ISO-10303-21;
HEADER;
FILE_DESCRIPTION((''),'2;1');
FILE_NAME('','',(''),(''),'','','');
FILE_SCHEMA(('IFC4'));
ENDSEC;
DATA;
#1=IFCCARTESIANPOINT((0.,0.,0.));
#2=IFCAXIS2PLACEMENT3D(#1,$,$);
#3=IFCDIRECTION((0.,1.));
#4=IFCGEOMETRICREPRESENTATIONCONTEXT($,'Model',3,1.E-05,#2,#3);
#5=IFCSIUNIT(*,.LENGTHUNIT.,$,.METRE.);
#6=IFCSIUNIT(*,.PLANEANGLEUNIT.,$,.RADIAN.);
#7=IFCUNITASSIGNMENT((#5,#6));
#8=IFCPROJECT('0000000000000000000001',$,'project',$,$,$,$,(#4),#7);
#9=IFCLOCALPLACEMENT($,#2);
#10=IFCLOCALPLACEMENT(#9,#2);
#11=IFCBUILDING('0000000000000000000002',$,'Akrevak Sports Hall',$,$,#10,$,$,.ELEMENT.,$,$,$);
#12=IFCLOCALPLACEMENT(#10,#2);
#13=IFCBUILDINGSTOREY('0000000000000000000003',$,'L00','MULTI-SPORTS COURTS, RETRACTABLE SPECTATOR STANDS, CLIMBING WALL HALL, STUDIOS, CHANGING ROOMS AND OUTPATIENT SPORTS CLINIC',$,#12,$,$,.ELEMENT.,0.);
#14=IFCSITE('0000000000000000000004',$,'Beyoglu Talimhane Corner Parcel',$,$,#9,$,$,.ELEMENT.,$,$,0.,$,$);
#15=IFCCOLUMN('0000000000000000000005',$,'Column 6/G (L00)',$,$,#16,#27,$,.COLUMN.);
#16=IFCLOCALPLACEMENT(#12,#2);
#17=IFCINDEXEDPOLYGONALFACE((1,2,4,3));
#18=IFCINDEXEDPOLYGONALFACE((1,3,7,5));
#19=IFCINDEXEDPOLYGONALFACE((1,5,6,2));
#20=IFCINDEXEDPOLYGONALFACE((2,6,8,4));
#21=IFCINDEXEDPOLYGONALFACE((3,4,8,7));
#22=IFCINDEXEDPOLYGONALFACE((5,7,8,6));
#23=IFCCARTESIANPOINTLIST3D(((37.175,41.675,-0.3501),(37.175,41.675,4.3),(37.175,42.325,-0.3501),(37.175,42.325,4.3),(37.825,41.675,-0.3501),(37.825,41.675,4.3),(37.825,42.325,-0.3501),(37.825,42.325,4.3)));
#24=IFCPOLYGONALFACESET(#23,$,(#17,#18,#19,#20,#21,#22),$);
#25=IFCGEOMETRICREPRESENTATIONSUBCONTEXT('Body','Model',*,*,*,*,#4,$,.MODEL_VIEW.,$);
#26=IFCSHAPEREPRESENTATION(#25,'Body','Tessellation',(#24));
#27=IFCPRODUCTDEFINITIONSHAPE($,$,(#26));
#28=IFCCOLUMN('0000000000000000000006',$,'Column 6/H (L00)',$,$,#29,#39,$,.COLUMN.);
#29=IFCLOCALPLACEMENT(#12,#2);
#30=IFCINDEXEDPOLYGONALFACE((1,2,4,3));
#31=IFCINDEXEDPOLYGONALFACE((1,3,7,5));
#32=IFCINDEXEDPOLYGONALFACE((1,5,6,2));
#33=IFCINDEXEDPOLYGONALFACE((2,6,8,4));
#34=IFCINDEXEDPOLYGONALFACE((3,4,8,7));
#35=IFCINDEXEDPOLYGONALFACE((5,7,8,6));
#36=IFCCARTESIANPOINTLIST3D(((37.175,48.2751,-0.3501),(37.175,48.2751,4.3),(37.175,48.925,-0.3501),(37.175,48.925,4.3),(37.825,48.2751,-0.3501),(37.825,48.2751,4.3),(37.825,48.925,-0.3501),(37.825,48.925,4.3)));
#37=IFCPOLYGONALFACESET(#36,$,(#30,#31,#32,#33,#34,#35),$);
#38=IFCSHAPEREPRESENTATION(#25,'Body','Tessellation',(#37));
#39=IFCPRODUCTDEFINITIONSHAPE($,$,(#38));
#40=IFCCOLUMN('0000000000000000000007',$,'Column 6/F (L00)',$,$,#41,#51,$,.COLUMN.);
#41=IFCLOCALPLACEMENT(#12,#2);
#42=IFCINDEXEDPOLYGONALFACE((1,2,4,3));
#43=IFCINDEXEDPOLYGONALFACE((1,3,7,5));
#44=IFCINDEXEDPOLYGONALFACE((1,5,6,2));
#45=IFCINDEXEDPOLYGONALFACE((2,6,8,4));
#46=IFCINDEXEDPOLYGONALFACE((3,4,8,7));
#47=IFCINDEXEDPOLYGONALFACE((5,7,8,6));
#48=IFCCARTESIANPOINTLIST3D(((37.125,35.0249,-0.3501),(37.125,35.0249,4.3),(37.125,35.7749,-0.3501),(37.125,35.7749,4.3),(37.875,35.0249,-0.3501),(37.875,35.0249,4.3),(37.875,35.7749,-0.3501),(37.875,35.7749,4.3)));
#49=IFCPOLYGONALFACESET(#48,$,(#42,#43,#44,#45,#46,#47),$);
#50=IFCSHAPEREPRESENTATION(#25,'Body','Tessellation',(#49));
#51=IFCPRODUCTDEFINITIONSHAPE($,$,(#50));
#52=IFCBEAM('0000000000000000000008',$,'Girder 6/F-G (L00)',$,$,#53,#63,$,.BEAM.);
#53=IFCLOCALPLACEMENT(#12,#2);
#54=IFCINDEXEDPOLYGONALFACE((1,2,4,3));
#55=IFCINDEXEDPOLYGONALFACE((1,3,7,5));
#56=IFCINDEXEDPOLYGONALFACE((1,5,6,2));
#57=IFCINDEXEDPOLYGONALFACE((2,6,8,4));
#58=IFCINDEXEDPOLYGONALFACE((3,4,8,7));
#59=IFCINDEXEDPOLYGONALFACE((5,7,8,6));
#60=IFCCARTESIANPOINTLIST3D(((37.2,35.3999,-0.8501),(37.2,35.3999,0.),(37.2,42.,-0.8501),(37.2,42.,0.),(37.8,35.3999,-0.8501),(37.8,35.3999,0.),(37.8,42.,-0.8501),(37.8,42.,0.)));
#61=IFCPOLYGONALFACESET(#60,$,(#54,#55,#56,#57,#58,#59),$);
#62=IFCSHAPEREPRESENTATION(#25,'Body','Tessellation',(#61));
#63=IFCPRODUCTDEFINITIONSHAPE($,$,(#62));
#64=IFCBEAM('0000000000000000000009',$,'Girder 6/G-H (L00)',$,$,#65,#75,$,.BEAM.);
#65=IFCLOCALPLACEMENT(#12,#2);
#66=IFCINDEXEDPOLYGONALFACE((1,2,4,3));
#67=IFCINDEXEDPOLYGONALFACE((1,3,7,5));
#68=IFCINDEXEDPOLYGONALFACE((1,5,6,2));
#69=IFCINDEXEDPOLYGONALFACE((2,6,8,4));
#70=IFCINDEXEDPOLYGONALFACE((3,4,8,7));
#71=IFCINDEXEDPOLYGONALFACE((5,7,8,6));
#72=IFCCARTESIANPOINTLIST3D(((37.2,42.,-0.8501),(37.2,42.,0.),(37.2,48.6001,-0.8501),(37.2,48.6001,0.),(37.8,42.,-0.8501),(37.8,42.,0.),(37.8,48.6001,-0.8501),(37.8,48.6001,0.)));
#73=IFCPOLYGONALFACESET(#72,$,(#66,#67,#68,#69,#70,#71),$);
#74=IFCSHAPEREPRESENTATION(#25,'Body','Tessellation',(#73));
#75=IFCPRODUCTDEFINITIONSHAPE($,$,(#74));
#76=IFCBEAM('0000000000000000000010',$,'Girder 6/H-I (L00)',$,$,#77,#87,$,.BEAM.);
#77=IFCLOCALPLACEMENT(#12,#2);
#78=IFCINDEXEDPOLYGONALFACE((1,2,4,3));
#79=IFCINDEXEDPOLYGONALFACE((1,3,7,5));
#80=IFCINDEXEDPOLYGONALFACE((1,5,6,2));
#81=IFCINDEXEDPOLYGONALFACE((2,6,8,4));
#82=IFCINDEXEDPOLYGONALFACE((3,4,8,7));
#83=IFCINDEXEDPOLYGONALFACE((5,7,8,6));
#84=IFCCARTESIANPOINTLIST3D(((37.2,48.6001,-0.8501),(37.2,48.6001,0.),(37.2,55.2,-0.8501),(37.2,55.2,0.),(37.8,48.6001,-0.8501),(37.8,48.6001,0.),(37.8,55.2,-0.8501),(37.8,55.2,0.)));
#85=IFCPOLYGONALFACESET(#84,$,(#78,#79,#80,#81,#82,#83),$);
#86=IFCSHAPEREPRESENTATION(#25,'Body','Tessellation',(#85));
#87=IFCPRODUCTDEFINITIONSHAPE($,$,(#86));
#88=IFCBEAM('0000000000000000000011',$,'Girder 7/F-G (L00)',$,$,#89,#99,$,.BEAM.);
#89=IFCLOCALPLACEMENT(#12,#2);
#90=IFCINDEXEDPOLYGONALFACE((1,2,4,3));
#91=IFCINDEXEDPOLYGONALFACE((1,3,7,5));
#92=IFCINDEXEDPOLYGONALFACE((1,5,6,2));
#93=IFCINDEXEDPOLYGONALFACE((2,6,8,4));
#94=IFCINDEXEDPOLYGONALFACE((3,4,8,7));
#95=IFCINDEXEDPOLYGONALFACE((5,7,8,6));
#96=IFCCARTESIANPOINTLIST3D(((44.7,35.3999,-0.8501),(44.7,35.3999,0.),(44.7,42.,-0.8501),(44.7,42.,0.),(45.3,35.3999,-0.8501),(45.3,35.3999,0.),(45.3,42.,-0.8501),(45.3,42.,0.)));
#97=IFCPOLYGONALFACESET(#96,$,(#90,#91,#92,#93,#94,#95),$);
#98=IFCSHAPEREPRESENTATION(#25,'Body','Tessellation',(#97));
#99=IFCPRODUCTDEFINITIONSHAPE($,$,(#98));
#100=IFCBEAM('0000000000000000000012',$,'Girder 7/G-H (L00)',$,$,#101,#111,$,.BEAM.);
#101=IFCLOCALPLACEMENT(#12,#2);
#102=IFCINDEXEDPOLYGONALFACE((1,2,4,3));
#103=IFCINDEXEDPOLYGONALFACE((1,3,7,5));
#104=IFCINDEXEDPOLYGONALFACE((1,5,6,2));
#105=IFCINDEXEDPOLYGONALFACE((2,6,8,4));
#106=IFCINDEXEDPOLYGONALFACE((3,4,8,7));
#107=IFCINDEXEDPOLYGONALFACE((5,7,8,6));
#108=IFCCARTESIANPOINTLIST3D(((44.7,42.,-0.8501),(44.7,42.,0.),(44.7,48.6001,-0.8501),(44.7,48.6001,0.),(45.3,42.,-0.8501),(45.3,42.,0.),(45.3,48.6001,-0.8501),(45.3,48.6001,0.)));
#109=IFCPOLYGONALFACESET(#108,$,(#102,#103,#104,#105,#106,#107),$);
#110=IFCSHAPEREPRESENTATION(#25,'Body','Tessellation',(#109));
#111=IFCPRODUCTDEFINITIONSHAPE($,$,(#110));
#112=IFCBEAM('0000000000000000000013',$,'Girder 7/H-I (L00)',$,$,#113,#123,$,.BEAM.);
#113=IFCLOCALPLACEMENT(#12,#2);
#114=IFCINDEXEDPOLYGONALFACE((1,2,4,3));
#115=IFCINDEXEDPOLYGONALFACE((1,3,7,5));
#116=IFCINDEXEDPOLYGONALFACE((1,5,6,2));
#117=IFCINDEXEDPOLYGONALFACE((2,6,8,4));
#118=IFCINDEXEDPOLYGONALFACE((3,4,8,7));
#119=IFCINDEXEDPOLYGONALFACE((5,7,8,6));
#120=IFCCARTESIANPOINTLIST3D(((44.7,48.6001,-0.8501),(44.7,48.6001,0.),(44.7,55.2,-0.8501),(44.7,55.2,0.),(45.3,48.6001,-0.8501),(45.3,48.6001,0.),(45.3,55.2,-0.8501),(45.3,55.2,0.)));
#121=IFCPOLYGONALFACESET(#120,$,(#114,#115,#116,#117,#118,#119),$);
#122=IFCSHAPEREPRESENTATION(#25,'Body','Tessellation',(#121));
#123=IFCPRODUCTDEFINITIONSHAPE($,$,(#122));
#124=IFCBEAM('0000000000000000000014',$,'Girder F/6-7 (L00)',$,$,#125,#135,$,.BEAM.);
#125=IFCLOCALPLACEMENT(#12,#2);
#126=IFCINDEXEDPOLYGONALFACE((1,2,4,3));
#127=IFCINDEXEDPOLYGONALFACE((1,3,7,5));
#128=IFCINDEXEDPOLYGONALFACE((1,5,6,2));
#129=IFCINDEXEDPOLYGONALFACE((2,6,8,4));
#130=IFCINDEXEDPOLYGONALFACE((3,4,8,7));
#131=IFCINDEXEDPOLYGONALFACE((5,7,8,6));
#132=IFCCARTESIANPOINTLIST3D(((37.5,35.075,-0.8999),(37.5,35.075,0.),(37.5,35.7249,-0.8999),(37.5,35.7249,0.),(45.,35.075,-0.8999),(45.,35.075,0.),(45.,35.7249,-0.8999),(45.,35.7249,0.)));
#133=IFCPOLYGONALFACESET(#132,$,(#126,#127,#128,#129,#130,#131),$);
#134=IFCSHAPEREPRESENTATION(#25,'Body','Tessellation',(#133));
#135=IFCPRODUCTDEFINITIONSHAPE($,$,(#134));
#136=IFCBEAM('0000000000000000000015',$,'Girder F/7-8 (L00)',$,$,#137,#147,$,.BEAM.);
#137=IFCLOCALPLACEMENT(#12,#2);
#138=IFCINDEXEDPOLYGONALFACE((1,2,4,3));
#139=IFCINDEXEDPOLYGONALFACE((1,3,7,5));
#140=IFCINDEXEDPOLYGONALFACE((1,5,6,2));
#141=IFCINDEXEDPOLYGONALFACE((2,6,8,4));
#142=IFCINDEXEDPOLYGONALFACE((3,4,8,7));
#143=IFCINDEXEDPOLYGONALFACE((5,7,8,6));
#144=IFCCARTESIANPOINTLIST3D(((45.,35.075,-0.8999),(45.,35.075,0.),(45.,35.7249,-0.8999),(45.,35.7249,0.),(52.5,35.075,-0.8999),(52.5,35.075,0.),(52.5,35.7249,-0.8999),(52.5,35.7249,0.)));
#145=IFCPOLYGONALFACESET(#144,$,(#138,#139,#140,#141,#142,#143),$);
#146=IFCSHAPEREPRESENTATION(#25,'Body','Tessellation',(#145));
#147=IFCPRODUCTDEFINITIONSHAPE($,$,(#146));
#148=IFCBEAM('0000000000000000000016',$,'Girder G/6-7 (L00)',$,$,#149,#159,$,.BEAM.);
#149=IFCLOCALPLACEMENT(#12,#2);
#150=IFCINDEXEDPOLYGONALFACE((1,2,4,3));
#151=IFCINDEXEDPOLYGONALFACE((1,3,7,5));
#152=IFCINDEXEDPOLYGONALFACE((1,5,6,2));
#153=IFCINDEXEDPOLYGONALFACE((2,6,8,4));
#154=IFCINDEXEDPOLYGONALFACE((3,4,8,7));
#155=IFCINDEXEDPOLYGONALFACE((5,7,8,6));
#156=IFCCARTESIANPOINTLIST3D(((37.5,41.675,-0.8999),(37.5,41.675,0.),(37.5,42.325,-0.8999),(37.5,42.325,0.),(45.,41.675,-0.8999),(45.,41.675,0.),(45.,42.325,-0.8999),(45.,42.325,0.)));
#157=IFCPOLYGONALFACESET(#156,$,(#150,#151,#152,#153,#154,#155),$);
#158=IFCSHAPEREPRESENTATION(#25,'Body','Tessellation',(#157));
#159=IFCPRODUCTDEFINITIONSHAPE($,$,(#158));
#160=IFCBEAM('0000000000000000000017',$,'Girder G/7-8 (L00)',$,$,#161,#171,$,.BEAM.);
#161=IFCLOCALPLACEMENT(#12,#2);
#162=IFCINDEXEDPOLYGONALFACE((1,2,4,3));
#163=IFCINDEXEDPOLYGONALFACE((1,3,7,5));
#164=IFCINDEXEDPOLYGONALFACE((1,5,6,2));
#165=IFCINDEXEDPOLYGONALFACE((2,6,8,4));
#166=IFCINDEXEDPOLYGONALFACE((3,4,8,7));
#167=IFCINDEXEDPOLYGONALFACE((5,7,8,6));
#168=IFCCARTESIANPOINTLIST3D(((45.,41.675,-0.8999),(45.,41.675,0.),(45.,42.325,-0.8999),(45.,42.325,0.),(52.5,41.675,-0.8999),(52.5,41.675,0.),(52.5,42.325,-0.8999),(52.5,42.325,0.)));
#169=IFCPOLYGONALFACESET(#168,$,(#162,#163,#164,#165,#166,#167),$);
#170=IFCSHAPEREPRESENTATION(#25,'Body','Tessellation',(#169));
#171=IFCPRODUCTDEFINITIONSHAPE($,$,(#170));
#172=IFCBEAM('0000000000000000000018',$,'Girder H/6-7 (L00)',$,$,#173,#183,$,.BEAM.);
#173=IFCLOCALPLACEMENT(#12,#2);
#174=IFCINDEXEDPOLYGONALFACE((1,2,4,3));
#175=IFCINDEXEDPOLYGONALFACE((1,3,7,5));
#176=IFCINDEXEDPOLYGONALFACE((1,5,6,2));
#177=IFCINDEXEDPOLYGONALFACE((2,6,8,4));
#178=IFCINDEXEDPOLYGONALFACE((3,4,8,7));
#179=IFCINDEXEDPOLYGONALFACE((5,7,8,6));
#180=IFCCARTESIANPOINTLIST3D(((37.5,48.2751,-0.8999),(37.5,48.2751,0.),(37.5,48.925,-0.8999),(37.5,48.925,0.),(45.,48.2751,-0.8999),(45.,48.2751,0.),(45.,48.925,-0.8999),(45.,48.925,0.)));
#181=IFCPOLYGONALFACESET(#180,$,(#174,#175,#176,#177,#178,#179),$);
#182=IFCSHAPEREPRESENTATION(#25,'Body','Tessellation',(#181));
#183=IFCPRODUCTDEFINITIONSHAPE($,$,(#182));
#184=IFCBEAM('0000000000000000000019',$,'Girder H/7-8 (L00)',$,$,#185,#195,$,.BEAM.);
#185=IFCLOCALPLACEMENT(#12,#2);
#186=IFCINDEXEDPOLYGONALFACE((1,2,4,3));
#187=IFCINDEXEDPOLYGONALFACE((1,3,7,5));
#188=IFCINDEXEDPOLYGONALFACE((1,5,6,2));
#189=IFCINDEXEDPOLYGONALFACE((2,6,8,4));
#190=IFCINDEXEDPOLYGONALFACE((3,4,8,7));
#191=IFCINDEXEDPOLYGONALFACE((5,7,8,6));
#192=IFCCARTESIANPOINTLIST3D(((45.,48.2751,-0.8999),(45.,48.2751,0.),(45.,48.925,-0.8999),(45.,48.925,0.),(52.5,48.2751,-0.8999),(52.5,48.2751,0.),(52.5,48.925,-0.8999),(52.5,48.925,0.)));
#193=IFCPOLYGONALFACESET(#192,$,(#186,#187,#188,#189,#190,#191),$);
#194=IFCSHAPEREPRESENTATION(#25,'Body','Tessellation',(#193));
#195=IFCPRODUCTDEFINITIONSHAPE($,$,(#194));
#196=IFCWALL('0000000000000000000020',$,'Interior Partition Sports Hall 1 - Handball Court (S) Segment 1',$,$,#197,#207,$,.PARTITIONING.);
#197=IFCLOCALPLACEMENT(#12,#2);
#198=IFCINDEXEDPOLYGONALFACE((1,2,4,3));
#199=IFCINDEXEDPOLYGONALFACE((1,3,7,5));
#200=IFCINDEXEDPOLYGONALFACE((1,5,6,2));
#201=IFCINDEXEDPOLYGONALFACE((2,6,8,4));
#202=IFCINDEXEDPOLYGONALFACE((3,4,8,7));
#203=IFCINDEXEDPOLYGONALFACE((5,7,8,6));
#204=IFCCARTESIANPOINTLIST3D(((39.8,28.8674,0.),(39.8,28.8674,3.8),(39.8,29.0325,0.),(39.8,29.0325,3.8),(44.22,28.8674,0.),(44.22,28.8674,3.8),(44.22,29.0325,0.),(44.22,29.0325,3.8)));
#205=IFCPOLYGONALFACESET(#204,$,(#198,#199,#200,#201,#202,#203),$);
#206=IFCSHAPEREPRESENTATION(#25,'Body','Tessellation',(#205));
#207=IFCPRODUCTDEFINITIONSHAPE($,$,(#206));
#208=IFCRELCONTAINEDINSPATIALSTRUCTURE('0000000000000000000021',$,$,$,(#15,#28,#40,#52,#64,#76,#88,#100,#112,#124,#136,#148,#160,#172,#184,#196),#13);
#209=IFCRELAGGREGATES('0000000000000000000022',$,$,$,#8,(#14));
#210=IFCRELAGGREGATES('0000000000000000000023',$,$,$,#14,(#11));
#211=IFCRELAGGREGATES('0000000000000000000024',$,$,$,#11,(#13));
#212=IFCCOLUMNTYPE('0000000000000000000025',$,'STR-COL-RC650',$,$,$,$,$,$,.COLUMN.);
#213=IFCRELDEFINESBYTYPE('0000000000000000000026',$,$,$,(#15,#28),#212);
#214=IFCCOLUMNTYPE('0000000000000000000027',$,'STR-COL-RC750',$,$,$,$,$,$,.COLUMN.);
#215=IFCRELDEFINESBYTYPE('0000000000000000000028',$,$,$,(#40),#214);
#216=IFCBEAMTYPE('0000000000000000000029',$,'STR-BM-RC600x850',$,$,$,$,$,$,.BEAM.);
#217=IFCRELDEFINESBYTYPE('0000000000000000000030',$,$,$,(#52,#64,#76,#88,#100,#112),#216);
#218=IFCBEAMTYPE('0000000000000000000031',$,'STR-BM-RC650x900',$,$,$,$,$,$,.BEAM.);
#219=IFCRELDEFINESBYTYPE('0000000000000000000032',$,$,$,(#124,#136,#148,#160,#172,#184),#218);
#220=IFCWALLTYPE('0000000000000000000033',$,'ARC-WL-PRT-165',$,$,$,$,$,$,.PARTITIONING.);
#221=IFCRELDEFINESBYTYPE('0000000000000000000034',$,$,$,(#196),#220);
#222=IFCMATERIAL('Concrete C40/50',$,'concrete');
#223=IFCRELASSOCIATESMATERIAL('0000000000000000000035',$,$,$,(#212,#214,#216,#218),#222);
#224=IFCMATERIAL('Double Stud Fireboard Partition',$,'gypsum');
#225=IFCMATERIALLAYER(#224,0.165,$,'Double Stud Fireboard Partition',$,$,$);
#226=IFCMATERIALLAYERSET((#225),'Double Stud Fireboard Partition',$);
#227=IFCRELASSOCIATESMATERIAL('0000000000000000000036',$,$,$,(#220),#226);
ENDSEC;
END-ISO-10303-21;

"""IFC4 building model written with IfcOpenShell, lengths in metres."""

from ifc_helpers import new_model, si_unit, direction, frame, frame_2d, origin, origin_2d, place, context, subcontext, project, spatial, rectangle, extrude, material, layer, layer_set, material_profile, profile_set, type_object, element, save


model = new_model("IFC4")

# Units and contexts
model_context = context("Model", 3, precision=1e-05, world=origin(), true_north=direction((0.0, 1.0)))
body_context = subcontext(model_context, "Body", "Model", "MODEL_VIEW")
ifc_project = project(units=[si_unit("LENGTHUNIT", "METRE"), si_unit("PLANEANGLEUNIT", "RADIAN")], contexts=[model_context])

# Site, building, storey
site_placement = place(None, origin())
site = spatial("IfcSite", under=ifc_project, at=site_placement, Name="Beyoglu Talimhane Corner Parcel", CompositionType="ELEMENT", RefElevation=0.0)
building_placement = place(site_placement, origin())
building = spatial("IfcBuilding", under=site, at=building_placement, Name="Akrevak Sports Hall", CompositionType="ELEMENT")
storey_placement = place(building_placement, origin())
storey = spatial("IfcBuildingStorey", under=building, at=storey_placement, Name="L00", Description="MULTI-SPORTS COURTS, RETRACTABLE SPECTATOR STANDS, CLIMBING WALL HALL, STUDIOS, CHANGING ROOMS AND OUTPATIENT SPORTS CLINIC", CompositionType="ELEMENT", Elevation=0.0)

# Columns
ifc_material_1 = material(Name="Concrete C40/50", Category="concrete")
ifc_material_profile_1 = material_profile(ifc_material_1, rectangle(XDim=0.6499, YDim=0.6499, at=origin_2d()), Name="RC 650x650", Category="concrete")
ifc_profile_set_1 = profile_set([ifc_material_profile_1], Name="Concrete C40/50")
column_type_1 = type_object("IfcColumnType", Name="STR-COL-RC650", PredefinedType="COLUMN", material=ifc_profile_set_1)
for number, where, z_axis, x_axis, name in (
    (1, (37.5, 42.0, -0.3501), (0.0, 0.0, 1.0), (1.0, 0.0, 0.0), "Column 6/G (L00)"),
    (2, (37.5, 48.6001, -0.3501), (0.0, 0.0, 1.0), (1.0, 0.0, 0.0), "Column 6/H (L00)"),
):
    element("IfcColumn", number, at=place(storey_placement, frame(where, z_axis=z_axis, x_axis=x_axis)), inside=storey, type_object=column_type_1, Name=name, PredefinedType="COLUMN", context=body_context, shape_type="SweptSolid", body=[
        extrude(rectangle(XDim=0.6499, YDim=0.6499, at=origin_2d()), origin(), (0.0, 0.0, 1.0), 4.6501),
    ])
ifc_material_profile_2 = material_profile(ifc_material_1, rectangle(XDim=0.75, YDim=0.75, at=origin_2d()), Name="RC 750x750", Category="concrete")
ifc_profile_set_2 = profile_set([ifc_material_profile_2], Name="Concrete C40/50")
column_type_2 = type_object("IfcColumnType", Name="STR-COL-RC750", PredefinedType="COLUMN", material=ifc_profile_set_2)
column_placement = place(storey_placement, frame((37.5, 35.3999, -0.3501), z_axis=(0.0, 0.0, 1.0), x_axis=(1.0, 0.0, 0.0)))
element("IfcColumn", 3, at=column_placement, inside=storey, type_object=column_type_2, Name="Column 6/F (L00)", PredefinedType="COLUMN", context=body_context, shape_type="SweptSolid", body=[
    extrude(rectangle(XDim=0.75, YDim=0.75, at=origin_2d()), origin(), (0.0, 0.0, 1.0), 4.6501),
])

# Beams
ifc_material_profile_3 = material_profile(ifc_material_1, rectangle(XDim=0.6001, YDim=0.8501, at=origin_2d()), Name="BM 600x850", Category="concrete")
ifc_profile_set_3 = profile_set([ifc_material_profile_3], Name="Concrete C40/50")
beam_type_1 = type_object("IfcBeamType", Name="STR-BM-RC600x850", PredefinedType="BEAM", material=ifc_profile_set_3)
for number, where, z_axis, x_axis, name in (
    (4, (37.5, 35.3999, -0.425), (0.0, 1.0, 0.0), (-1.0, 0.0, 0.0), "Girder 6/F-G (L00)"),
    (5, (37.5, 42.0, -0.425), (0.0, 1.0, 0.0), (-1.0, 0.0, 0.0), "Girder 6/G-H (L00)"),
):
    element("IfcBeam", number, at=place(storey_placement, frame(where, z_axis=z_axis, x_axis=x_axis)), inside=storey, type_object=beam_type_1, Name=name, PredefinedType="BEAM", context=body_context, shape_type="SweptSolid", body=[
        extrude(rectangle(XDim=0.6001, YDim=0.8501, at=origin_2d()), origin(), (0.0, 0.0, 1.0), 6.6001),
    ])
beam_1_placement = place(storey_placement, frame((37.5, 48.6001, -0.425), z_axis=(0.0, 1.0, 0.0), x_axis=(-1.0, 0.0, 0.0)))
element("IfcBeam", 6, at=beam_1_placement, inside=storey, type_object=beam_type_1, Name="Girder 6/H-I (L00)", PredefinedType="BEAM", context=body_context, shape_type="SweptSolid", body=[
    extrude(rectangle(XDim=0.6001, YDim=0.8501, at=origin_2d()), origin(), (0.0, 0.0, 1.0), 6.5999),
])
for number, where, z_axis, x_axis, name in (
    (7, (45.0, 35.3999, -0.425), (0.0, 1.0, 0.0), (-1.0, 0.0, 0.0), "Girder 7/F-G (L00)"),
    (8, (45.0, 42.0, -0.425), (0.0, 1.0, 0.0), (-1.0, 0.0, 0.0), "Girder 7/G-H (L00)"),
):
    element("IfcBeam", number, at=place(storey_placement, frame(where, z_axis=z_axis, x_axis=x_axis)), inside=storey, type_object=beam_type_1, Name=name, PredefinedType="BEAM", context=body_context, shape_type="SweptSolid", body=[
        extrude(rectangle(XDim=0.6001, YDim=0.8501, at=origin_2d()), origin(), (0.0, 0.0, 1.0), 6.6001),
    ])
beam_2_placement = place(storey_placement, frame((45.0, 48.6001, -0.425), z_axis=(0.0, 1.0, 0.0), x_axis=(-1.0, 0.0, 0.0)))
element("IfcBeam", 9, at=beam_2_placement, inside=storey, type_object=beam_type_1, Name="Girder 7/H-I (L00)", PredefinedType="BEAM", context=body_context, shape_type="SweptSolid", body=[
    extrude(rectangle(XDim=0.6001, YDim=0.8501, at=origin_2d()), origin(), (0.0, 0.0, 1.0), 6.5999),
])
ifc_material_profile_4 = material_profile(ifc_material_1, rectangle(XDim=0.6499, YDim=0.8999, at=origin_2d()), Name="BM 650x900", Category="concrete")
ifc_profile_set_4 = profile_set([ifc_material_profile_4], Name="Concrete C40/50")
beam_type_2 = type_object("IfcBeamType", Name="STR-BM-RC650x900", PredefinedType="BEAM", material=ifc_profile_set_4)
for number, where, z_axis, x_axis, name in (
    (10, (37.5, 35.3999, -0.45), (1.0, 0.0, 0.0), (0.0, 1.0, 0.0), "Girder F/6-7 (L00)"),
    (11, (45.0, 35.3999, -0.45), (1.0, 0.0, 0.0), (0.0, 1.0, 0.0), "Girder F/7-8 (L00)"),
    (12, (37.5, 42.0, -0.45), (1.0, 0.0, 0.0), (0.0, 1.0, 0.0), "Girder G/6-7 (L00)"),
    (13, (45.0, 42.0, -0.45), (1.0, 0.0, 0.0), (0.0, 1.0, 0.0), "Girder G/7-8 (L00)"),
    (14, (37.5, 48.6001, -0.45), (1.0, 0.0, 0.0), (0.0, 1.0, 0.0), "Girder H/6-7 (L00)"),
    (15, (45.0, 48.6001, -0.45), (1.0, 0.0, 0.0), (0.0, 1.0, 0.0), "Girder H/7-8 (L00)"),
):
    element("IfcBeam", number, at=place(storey_placement, frame(where, z_axis=z_axis, x_axis=x_axis)), inside=storey, type_object=beam_type_2, Name=name, PredefinedType="BEAM", context=body_context, shape_type="SweptSolid", body=[
        extrude(rectangle(XDim=0.6499, YDim=0.8999, at=origin_2d()), origin(), (0.0, 0.0, 1.0), 7.5),
    ])

# Wall
ifc_material_2 = material(Name="Double Stud Fireboard Partition", Category="gypsum")
ifc_layer_1 = layer(ifc_material_2, 0.165, Name="Double Stud Fireboard Partition")
ifc_layer_set_1 = layer_set([ifc_layer_1], Name="Double Stud Fireboard Partition")
wall_type_1 = type_object("IfcWallType", Name="ARC-WL-PRT-165", PredefinedType="PARTITIONING", material=ifc_layer_set_1)
wall_1_placement = place(storey_placement, frame((39.8, 28.95, 0.0), z_axis=(0.0, 0.0, 1.0), x_axis=(1.0, 0.0, 0.0)))
element("IfcWall", 16, at=wall_1_placement, inside=storey, type_object=wall_type_1, Name="Interior Partition Sports Hall 1 - Handball Court (S) Segment 1", PredefinedType="PARTITIONING", context=body_context, shape_type="SweptSolid", body=[
    extrude(rectangle(XDim=4.4199, YDim=0.165, at=frame_2d((2.21, 0.0))), origin(), (0.0, 0.0, 1.0), 3.8),
])

save(model, "model.ifc")
